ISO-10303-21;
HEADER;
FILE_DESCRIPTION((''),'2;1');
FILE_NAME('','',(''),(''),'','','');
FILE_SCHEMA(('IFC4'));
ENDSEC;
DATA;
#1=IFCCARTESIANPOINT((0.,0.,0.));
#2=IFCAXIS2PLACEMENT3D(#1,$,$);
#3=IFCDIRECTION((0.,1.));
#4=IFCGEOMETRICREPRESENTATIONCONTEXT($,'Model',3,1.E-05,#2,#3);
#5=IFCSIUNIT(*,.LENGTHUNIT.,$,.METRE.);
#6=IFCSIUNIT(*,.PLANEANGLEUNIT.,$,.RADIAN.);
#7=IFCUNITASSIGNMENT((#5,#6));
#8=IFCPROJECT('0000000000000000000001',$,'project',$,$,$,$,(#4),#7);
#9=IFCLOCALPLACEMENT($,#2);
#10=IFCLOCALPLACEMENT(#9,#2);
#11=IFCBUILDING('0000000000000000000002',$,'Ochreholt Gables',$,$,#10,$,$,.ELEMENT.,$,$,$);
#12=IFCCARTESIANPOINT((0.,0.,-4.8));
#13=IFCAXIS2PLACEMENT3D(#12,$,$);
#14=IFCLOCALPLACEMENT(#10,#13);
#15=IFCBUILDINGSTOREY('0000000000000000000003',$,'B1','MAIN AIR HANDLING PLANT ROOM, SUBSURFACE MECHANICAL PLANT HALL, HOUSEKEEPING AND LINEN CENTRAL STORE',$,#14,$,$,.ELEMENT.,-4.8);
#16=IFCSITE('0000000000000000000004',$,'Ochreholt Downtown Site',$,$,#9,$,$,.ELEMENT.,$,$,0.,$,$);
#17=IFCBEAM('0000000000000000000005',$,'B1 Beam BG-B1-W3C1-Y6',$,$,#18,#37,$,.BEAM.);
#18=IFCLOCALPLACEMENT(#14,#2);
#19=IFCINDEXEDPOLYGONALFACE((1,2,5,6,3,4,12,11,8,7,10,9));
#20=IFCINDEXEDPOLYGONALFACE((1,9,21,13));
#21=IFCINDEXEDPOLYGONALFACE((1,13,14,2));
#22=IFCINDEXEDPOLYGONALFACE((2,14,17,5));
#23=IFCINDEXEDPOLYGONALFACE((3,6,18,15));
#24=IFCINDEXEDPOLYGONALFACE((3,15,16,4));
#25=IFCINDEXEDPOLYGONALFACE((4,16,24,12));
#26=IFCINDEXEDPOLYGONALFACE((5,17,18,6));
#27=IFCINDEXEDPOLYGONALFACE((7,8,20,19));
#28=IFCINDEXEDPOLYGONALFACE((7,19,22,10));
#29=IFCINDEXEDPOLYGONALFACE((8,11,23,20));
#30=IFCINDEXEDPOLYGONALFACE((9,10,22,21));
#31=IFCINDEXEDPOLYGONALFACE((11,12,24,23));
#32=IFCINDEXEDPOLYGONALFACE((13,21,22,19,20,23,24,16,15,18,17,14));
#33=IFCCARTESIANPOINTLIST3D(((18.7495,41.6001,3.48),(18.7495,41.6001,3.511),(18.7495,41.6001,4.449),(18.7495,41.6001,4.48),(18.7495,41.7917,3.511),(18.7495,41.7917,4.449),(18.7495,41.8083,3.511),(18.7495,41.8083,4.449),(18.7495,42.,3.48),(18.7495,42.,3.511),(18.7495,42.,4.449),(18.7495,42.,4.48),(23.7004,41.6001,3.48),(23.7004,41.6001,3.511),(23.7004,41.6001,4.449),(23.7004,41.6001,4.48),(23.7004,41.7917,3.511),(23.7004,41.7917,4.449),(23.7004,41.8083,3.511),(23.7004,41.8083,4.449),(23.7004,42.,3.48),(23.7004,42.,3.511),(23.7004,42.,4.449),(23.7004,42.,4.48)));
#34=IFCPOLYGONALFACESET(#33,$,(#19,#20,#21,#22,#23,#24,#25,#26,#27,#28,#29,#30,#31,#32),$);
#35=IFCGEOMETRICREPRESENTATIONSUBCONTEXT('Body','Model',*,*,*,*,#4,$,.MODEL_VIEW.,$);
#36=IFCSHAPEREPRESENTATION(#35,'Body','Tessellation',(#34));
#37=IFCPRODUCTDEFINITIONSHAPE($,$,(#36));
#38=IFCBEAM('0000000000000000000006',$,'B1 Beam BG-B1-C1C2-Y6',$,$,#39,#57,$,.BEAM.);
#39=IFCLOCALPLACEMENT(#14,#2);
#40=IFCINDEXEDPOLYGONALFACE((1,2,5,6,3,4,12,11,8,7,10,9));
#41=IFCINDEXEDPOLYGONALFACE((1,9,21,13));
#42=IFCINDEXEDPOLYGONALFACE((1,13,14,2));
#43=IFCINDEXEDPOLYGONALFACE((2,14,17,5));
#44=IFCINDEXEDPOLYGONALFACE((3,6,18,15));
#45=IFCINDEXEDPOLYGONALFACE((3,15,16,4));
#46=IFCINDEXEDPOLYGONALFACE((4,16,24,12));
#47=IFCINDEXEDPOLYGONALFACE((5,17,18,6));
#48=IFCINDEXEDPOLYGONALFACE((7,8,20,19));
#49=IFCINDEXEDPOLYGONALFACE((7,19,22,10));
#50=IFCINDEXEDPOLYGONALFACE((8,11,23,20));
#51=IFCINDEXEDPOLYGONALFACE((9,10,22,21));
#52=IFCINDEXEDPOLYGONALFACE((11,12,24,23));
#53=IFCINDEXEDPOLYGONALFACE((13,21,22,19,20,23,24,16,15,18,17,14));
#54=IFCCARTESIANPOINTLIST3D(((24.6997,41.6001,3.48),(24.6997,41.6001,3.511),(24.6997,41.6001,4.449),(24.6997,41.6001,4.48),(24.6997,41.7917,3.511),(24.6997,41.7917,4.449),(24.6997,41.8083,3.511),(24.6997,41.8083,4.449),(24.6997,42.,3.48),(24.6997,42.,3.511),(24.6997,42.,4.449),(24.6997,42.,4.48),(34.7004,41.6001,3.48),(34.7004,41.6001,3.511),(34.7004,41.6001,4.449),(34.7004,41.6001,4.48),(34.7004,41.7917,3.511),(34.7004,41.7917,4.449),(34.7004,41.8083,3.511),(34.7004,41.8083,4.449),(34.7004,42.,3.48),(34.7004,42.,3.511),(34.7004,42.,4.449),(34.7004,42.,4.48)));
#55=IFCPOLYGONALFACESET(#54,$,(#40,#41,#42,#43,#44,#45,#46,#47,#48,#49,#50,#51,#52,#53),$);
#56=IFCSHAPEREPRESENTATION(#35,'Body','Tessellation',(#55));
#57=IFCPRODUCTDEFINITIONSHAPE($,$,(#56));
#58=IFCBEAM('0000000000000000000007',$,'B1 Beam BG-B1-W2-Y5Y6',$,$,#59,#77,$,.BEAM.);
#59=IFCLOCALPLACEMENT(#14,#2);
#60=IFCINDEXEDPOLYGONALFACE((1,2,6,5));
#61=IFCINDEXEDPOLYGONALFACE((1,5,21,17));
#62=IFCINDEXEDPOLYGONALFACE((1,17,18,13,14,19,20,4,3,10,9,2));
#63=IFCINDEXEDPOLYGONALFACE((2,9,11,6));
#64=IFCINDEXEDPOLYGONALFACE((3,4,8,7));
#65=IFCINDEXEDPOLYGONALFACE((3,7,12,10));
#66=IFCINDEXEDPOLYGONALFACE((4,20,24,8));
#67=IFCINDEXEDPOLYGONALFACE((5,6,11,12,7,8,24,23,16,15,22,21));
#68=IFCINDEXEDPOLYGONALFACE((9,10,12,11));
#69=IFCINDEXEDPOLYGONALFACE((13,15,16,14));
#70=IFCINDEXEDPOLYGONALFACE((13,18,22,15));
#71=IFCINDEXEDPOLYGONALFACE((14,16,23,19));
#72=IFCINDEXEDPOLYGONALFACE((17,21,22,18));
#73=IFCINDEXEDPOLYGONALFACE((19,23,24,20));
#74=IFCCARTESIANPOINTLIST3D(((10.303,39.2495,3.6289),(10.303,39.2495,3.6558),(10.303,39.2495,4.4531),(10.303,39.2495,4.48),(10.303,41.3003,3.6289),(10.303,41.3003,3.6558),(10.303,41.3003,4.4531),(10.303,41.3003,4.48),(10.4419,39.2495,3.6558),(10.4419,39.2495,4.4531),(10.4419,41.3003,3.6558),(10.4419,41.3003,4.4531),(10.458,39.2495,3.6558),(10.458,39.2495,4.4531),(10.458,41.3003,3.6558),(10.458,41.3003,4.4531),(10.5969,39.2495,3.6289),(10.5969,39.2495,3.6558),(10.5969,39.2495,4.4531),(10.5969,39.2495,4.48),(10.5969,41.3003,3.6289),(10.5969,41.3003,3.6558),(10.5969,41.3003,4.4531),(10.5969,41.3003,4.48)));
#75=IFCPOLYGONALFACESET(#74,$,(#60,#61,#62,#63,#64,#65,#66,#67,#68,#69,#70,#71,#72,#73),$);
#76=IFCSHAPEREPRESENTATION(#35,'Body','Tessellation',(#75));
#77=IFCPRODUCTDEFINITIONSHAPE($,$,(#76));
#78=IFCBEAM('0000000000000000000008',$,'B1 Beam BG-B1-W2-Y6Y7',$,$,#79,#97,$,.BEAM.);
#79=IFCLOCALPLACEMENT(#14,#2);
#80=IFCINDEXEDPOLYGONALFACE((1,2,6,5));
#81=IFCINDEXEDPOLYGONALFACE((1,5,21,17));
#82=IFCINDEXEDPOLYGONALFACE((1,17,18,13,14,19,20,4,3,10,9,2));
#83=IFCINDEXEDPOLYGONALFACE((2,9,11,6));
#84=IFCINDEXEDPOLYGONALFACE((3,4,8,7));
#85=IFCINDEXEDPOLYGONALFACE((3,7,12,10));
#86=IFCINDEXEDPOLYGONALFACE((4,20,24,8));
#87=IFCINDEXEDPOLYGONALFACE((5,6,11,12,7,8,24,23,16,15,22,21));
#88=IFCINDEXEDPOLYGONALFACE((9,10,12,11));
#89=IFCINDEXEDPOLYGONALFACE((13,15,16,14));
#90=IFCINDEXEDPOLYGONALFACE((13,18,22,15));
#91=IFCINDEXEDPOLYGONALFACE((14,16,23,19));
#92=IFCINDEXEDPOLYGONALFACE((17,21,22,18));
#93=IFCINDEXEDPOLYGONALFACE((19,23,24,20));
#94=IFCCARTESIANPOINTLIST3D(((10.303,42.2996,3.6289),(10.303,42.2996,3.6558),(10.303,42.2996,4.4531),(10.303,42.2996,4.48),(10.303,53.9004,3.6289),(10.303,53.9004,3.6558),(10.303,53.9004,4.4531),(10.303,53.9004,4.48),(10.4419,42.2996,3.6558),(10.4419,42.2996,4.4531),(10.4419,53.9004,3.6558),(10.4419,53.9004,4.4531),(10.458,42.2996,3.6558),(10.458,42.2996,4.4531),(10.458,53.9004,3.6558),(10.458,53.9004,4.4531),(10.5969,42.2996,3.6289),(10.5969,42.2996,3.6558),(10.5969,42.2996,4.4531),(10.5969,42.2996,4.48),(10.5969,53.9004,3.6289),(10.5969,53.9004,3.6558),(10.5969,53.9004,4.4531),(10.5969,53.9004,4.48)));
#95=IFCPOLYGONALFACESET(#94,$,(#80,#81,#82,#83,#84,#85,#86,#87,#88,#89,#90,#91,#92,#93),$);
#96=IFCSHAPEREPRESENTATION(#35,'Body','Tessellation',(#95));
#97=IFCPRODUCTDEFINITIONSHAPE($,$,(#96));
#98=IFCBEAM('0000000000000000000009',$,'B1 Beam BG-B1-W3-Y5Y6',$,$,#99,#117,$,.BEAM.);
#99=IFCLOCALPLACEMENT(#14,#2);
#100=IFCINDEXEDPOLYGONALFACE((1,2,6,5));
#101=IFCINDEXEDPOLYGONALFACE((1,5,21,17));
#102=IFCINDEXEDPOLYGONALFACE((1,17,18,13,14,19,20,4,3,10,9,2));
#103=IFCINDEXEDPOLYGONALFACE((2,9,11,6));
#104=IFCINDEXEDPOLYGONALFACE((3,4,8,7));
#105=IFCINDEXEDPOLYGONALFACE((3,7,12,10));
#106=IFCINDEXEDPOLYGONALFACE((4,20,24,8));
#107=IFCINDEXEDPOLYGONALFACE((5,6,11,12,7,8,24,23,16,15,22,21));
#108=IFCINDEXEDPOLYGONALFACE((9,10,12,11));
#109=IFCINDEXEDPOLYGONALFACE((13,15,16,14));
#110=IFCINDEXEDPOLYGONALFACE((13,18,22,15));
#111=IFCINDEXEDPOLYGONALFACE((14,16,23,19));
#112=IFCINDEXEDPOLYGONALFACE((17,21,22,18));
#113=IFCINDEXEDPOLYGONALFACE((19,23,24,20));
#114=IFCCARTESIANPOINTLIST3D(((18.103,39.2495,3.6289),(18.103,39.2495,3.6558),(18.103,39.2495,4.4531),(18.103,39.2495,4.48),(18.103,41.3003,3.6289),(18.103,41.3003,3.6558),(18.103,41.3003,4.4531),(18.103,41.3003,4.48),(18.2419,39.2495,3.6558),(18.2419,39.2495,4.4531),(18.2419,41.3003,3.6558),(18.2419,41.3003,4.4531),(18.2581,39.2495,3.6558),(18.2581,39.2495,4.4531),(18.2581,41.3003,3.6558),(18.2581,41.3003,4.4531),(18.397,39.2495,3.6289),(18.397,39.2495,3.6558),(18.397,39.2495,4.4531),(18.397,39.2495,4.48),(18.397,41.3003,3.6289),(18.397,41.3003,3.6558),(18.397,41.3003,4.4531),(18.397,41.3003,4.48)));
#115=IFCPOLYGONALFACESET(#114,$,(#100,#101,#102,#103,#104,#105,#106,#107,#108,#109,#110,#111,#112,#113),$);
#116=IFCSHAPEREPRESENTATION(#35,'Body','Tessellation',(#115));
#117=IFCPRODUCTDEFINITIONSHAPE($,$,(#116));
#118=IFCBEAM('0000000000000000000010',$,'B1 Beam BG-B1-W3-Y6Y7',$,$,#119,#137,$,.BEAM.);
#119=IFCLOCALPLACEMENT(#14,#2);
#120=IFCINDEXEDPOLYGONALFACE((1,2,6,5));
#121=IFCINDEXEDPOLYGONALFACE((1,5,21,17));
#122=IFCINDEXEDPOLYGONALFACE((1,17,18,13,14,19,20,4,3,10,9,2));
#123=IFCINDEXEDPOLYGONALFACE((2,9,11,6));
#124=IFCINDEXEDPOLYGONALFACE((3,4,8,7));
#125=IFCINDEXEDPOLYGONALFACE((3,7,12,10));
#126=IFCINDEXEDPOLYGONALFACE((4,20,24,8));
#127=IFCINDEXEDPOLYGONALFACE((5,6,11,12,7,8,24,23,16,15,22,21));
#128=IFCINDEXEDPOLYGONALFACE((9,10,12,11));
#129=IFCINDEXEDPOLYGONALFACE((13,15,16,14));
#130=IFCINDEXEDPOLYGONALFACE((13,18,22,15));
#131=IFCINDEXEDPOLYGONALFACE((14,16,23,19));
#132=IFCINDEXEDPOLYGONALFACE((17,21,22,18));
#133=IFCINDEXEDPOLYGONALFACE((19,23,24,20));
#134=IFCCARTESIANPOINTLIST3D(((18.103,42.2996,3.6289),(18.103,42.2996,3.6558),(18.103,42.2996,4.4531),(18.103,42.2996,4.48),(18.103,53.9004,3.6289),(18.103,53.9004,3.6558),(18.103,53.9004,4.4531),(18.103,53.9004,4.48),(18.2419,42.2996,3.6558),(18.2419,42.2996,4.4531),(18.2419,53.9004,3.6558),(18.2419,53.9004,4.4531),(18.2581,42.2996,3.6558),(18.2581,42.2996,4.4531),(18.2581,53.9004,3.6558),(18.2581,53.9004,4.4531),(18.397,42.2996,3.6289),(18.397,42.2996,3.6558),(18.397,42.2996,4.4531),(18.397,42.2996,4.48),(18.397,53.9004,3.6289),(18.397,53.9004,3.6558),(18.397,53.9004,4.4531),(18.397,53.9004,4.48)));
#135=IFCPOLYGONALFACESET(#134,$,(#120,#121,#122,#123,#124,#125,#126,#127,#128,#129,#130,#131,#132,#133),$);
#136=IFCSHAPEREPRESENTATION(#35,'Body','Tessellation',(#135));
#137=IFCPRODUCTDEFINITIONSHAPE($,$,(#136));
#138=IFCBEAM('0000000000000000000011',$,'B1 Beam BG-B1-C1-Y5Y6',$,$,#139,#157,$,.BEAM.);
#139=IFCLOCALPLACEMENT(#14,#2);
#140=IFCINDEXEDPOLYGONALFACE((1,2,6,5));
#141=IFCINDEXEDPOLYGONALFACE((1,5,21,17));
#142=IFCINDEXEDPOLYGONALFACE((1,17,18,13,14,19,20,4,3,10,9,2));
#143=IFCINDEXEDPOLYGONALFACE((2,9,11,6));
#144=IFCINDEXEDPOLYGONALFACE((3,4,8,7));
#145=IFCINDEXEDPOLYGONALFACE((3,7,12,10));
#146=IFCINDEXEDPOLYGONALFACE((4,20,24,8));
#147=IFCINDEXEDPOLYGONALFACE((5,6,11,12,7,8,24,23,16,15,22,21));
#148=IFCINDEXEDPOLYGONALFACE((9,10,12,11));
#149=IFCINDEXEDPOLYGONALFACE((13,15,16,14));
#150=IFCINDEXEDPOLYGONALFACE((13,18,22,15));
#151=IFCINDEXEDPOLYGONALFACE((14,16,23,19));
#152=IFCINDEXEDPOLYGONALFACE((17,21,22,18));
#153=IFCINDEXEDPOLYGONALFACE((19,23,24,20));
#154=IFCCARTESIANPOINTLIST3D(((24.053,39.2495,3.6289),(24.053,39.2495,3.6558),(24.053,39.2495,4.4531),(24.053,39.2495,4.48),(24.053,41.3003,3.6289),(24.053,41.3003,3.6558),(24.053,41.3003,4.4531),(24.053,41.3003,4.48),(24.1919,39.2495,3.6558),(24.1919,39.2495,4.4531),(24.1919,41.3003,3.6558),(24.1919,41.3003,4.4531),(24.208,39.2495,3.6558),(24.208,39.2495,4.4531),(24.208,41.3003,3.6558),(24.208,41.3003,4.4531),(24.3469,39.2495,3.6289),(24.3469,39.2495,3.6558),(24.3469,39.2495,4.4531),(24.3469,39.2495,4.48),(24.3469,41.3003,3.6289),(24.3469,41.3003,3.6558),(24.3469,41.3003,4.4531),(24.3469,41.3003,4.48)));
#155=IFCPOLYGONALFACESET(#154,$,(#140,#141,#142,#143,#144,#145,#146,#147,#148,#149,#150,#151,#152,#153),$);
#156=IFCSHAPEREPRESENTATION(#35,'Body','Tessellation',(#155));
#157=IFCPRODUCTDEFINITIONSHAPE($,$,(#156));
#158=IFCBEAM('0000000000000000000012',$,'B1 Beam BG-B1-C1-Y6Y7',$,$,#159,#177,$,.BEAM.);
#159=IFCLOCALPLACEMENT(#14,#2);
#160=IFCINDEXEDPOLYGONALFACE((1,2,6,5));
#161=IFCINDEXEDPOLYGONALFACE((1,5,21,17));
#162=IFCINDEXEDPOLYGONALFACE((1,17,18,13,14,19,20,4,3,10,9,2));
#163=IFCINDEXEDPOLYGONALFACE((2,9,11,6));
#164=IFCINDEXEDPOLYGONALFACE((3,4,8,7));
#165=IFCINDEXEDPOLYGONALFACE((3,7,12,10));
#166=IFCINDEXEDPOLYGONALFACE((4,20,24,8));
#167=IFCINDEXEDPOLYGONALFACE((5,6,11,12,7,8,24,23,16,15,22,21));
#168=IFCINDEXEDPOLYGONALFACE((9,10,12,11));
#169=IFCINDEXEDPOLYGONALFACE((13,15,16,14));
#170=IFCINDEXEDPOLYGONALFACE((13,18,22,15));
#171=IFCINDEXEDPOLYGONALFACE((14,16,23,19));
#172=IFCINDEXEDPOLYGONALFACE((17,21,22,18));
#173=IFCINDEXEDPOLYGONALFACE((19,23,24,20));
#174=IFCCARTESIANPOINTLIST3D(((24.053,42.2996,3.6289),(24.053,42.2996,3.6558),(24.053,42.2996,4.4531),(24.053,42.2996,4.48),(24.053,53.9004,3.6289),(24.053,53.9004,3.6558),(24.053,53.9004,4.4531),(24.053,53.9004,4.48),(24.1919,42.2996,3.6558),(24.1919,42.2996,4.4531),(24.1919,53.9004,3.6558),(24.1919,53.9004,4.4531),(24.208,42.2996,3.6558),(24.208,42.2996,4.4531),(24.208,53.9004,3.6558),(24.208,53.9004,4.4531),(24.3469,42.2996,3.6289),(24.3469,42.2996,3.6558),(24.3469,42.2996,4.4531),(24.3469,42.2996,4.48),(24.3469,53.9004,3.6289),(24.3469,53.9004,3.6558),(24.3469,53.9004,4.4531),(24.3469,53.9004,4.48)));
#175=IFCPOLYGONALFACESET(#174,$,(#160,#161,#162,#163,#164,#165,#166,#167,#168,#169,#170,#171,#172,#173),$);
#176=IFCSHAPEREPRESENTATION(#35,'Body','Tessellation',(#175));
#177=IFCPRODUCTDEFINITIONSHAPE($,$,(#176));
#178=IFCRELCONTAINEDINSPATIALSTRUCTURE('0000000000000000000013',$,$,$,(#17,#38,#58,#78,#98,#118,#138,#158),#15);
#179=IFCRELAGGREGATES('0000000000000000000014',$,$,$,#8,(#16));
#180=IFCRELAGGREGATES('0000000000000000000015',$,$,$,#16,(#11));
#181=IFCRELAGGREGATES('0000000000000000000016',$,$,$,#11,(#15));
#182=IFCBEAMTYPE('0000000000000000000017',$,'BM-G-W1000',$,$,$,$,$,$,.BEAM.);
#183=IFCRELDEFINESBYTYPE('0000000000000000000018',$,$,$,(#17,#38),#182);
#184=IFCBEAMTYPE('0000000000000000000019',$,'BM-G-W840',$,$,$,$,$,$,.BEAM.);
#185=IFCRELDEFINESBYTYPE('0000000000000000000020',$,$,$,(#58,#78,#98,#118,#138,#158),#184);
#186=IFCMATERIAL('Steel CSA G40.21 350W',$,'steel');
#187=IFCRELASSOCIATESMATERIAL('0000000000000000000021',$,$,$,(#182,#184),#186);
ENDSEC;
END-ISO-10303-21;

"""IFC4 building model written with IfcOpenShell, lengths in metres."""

from ifc_helpers import new_model, si_unit, direction, frame, origin, origin_2d, place, context, subcontext, project, spatial, i_section, extrude, material, material_profile, profile_set, type_object, element, save


model = new_model("IFC4")

# Units and contexts
model_context = context("Model", 3, precision=1e-05, world=origin(), true_north=direction((0.0, 1.0)))
body_context = subcontext(model_context, "Body", "Model", "MODEL_VIEW")
ifc_project = project(units=[si_unit("LENGTHUNIT", "METRE"), si_unit("PLANEANGLEUNIT", "RADIAN")], contexts=[model_context])

# Site, building, storey
site_placement = place(None, origin())
site = spatial("IfcSite", under=ifc_project, at=site_placement, Name="Ochreholt Downtown Site", CompositionType="ELEMENT", RefElevation=0.0)
building_placement = place(site_placement, origin())
building = spatial("IfcBuilding", under=site, at=building_placement, Name="Ochreholt Gables", CompositionType="ELEMENT")
storey_placement = place(building_placement, frame((0.0, 0.0, -4.8)))
storey = spatial("IfcBuildingStorey", under=building, at=storey_placement, Name="B1", Description="MAIN AIR HANDLING PLANT ROOM, SUBSURFACE MECHANICAL PLANT HALL, HOUSEKEEPING AND LINEN CENTRAL STORE", CompositionType="ELEMENT", Elevation=-4.8)

# Shared definitions
ifc_material_1 = material(Name="Steel CSA G40.21 350W", Category="steel")

# Beams
ifc_material_profile_1 = material_profile(ifc_material_1, i_section(OverallWidth=0.3999, OverallDepth=1.0, WebThickness=0.0166, FlangeThickness=0.031, at=origin_2d()), Name="W1000X321")
ifc_profile_set_1 = profile_set([ifc_material_profile_1], Name="Steel CSA G40.21 350W")
beam_type_1 = type_object("IfcBeamType", Name="BM-G-W1000", PredefinedType="BEAM", material=ifc_profile_set_1)
beam_1_placement = place(storey_placement, frame((18.7495, 41.8, 3.98), z_axis=(1.0, 0.0, 0.0), x_axis=(0.0, 1.0, 0.0)))
element("IfcBeam", 1, at=beam_1_placement, inside=storey, type_object=beam_type_1, Name="B1 Beam BG-B1-W3C1-Y6", PredefinedType="BEAM", context=body_context, shape_type="SweptSolid", body=[
    extrude(i_section(OverallWidth=0.3999, OverallDepth=1.0, WebThickness=0.0166, FlangeThickness=0.031, at=origin_2d()), origin(), (0.0, 0.0, 1.0), 4.9509),
])
beam_2_placement = place(storey_placement, frame((24.6997, 41.8, 3.98), z_axis=(1.0, 0.0, 0.0), x_axis=(0.0, 1.0, 0.0)))
element("IfcBeam", 2, at=beam_2_placement, inside=storey, type_object=beam_type_1, Name="B1 Beam BG-B1-C1C2-Y6", PredefinedType="BEAM", context=body_context, shape_type="SweptSolid", body=[
    extrude(i_section(OverallWidth=0.3999, OverallDepth=1.0, WebThickness=0.0166, FlangeThickness=0.031, at=origin_2d()), origin(), (0.0, 0.0, 1.0), 10.0007),
])
ifc_material_profile_2 = material_profile(ifc_material_1, i_section(OverallWidth=0.2939, OverallDepth=0.8511, WebThickness=0.0161, FlangeThickness=0.0269, at=origin_2d()), Name="W840X226")
ifc_profile_set_2 = profile_set([ifc_material_profile_2], Name="Steel CSA G40.21 350W")
beam_type_2 = type_object("IfcBeamType", Name="BM-G-W840", PredefinedType="BEAM", material=ifc_profile_set_2)
beam_3_placement = place(storey_placement, frame((10.45, 39.2495, 4.0544), z_axis=(0.0, 1.0, 0.0), x_axis=(-1.0, 0.0, 0.0)))
element("IfcBeam", 3, at=beam_3_placement, inside=storey, type_object=beam_type_2, Name="B1 Beam BG-B1-W2-Y5Y6", PredefinedType="BEAM", context=body_context, shape_type="SweptSolid", body=[
    extrude(i_section(OverallWidth=0.2939, OverallDepth=0.8511, WebThickness=0.0161, FlangeThickness=0.0269, at=origin_2d()), origin(), (0.0, 0.0, 1.0), 2.0508),
])
beam_4_placement = place(storey_placement, frame((10.45, 42.2996, 4.0544), z_axis=(0.0, 1.0, 0.0), x_axis=(-1.0, 0.0, 0.0)))
element("IfcBeam", 4, at=beam_4_placement, inside=storey, type_object=beam_type_2, Name="B1 Beam BG-B1-W2-Y6Y7", PredefinedType="BEAM", context=body_context, shape_type="SweptSolid", body=[
    extrude(i_section(OverallWidth=0.2939, OverallDepth=0.8511, WebThickness=0.0161, FlangeThickness=0.0269, at=origin_2d()), origin(), (0.0, 0.0, 1.0), 11.6008),
])
beam_5_placement = place(storey_placement, frame((18.25, 39.2495, 4.0544), z_axis=(0.0, 1.0, 0.0), x_axis=(-1.0, 0.0, 0.0)))
element("IfcBeam", 5, at=beam_5_placement, inside=storey, type_object=beam_type_2, Name="B1 Beam BG-B1-W3-Y5Y6", PredefinedType="BEAM", context=body_context, shape_type="SweptSolid", body=[
    extrude(i_section(OverallWidth=0.2939, OverallDepth=0.8511, WebThickness=0.0161, FlangeThickness=0.0269, at=origin_2d()), origin(), (0.0, 0.0, 1.0), 2.0508),
])
beam_6_placement = place(storey_placement, frame((18.25, 42.2996, 4.0544), z_axis=(0.0, 1.0, 0.0), x_axis=(-1.0, 0.0, 0.0)))
element("IfcBeam", 6, at=beam_6_placement, inside=storey, type_object=beam_type_2, Name="B1 Beam BG-B1-W3-Y6Y7", PredefinedType="BEAM", context=body_context, shape_type="SweptSolid", body=[
    extrude(i_section(OverallWidth=0.2939, OverallDepth=0.8511, WebThickness=0.0161, FlangeThickness=0.0269, at=origin_2d()), origin(), (0.0, 0.0, 1.0), 11.6008),
])
beam_7_placement = place(storey_placement, frame((24.2, 39.2495, 4.0544), z_axis=(0.0, 1.0, 0.0), x_axis=(-1.0, 0.0, 0.0)))
element("IfcBeam", 7, at=beam_7_placement, inside=storey, type_object=beam_type_2, Name="B1 Beam BG-B1-C1-Y5Y6", PredefinedType="BEAM", context=body_context, shape_type="SweptSolid", body=[
    extrude(i_section(OverallWidth=0.2939, OverallDepth=0.8511, WebThickness=0.0161, FlangeThickness=0.0269, at=origin_2d()), origin(), (0.0, 0.0, 1.0), 2.0508),
])
beam_8_placement = place(storey_placement, frame((24.2, 42.2996, 4.0544), z_axis=(0.0, 1.0, 0.0), x_axis=(-1.0, 0.0, 0.0)))
element("IfcBeam", 8, at=beam_8_placement, inside=storey, type_object=beam_type_2, Name="B1 Beam BG-B1-C1-Y6Y7", PredefinedType="BEAM", context=body_context, shape_type="SweptSolid", body=[
    extrude(i_section(OverallWidth=0.2939, OverallDepth=0.8511, WebThickness=0.0161, FlangeThickness=0.0269, at=origin_2d()), origin(), (0.0, 0.0, 1.0), 11.6008),
])

save(model, "model.ifc")
